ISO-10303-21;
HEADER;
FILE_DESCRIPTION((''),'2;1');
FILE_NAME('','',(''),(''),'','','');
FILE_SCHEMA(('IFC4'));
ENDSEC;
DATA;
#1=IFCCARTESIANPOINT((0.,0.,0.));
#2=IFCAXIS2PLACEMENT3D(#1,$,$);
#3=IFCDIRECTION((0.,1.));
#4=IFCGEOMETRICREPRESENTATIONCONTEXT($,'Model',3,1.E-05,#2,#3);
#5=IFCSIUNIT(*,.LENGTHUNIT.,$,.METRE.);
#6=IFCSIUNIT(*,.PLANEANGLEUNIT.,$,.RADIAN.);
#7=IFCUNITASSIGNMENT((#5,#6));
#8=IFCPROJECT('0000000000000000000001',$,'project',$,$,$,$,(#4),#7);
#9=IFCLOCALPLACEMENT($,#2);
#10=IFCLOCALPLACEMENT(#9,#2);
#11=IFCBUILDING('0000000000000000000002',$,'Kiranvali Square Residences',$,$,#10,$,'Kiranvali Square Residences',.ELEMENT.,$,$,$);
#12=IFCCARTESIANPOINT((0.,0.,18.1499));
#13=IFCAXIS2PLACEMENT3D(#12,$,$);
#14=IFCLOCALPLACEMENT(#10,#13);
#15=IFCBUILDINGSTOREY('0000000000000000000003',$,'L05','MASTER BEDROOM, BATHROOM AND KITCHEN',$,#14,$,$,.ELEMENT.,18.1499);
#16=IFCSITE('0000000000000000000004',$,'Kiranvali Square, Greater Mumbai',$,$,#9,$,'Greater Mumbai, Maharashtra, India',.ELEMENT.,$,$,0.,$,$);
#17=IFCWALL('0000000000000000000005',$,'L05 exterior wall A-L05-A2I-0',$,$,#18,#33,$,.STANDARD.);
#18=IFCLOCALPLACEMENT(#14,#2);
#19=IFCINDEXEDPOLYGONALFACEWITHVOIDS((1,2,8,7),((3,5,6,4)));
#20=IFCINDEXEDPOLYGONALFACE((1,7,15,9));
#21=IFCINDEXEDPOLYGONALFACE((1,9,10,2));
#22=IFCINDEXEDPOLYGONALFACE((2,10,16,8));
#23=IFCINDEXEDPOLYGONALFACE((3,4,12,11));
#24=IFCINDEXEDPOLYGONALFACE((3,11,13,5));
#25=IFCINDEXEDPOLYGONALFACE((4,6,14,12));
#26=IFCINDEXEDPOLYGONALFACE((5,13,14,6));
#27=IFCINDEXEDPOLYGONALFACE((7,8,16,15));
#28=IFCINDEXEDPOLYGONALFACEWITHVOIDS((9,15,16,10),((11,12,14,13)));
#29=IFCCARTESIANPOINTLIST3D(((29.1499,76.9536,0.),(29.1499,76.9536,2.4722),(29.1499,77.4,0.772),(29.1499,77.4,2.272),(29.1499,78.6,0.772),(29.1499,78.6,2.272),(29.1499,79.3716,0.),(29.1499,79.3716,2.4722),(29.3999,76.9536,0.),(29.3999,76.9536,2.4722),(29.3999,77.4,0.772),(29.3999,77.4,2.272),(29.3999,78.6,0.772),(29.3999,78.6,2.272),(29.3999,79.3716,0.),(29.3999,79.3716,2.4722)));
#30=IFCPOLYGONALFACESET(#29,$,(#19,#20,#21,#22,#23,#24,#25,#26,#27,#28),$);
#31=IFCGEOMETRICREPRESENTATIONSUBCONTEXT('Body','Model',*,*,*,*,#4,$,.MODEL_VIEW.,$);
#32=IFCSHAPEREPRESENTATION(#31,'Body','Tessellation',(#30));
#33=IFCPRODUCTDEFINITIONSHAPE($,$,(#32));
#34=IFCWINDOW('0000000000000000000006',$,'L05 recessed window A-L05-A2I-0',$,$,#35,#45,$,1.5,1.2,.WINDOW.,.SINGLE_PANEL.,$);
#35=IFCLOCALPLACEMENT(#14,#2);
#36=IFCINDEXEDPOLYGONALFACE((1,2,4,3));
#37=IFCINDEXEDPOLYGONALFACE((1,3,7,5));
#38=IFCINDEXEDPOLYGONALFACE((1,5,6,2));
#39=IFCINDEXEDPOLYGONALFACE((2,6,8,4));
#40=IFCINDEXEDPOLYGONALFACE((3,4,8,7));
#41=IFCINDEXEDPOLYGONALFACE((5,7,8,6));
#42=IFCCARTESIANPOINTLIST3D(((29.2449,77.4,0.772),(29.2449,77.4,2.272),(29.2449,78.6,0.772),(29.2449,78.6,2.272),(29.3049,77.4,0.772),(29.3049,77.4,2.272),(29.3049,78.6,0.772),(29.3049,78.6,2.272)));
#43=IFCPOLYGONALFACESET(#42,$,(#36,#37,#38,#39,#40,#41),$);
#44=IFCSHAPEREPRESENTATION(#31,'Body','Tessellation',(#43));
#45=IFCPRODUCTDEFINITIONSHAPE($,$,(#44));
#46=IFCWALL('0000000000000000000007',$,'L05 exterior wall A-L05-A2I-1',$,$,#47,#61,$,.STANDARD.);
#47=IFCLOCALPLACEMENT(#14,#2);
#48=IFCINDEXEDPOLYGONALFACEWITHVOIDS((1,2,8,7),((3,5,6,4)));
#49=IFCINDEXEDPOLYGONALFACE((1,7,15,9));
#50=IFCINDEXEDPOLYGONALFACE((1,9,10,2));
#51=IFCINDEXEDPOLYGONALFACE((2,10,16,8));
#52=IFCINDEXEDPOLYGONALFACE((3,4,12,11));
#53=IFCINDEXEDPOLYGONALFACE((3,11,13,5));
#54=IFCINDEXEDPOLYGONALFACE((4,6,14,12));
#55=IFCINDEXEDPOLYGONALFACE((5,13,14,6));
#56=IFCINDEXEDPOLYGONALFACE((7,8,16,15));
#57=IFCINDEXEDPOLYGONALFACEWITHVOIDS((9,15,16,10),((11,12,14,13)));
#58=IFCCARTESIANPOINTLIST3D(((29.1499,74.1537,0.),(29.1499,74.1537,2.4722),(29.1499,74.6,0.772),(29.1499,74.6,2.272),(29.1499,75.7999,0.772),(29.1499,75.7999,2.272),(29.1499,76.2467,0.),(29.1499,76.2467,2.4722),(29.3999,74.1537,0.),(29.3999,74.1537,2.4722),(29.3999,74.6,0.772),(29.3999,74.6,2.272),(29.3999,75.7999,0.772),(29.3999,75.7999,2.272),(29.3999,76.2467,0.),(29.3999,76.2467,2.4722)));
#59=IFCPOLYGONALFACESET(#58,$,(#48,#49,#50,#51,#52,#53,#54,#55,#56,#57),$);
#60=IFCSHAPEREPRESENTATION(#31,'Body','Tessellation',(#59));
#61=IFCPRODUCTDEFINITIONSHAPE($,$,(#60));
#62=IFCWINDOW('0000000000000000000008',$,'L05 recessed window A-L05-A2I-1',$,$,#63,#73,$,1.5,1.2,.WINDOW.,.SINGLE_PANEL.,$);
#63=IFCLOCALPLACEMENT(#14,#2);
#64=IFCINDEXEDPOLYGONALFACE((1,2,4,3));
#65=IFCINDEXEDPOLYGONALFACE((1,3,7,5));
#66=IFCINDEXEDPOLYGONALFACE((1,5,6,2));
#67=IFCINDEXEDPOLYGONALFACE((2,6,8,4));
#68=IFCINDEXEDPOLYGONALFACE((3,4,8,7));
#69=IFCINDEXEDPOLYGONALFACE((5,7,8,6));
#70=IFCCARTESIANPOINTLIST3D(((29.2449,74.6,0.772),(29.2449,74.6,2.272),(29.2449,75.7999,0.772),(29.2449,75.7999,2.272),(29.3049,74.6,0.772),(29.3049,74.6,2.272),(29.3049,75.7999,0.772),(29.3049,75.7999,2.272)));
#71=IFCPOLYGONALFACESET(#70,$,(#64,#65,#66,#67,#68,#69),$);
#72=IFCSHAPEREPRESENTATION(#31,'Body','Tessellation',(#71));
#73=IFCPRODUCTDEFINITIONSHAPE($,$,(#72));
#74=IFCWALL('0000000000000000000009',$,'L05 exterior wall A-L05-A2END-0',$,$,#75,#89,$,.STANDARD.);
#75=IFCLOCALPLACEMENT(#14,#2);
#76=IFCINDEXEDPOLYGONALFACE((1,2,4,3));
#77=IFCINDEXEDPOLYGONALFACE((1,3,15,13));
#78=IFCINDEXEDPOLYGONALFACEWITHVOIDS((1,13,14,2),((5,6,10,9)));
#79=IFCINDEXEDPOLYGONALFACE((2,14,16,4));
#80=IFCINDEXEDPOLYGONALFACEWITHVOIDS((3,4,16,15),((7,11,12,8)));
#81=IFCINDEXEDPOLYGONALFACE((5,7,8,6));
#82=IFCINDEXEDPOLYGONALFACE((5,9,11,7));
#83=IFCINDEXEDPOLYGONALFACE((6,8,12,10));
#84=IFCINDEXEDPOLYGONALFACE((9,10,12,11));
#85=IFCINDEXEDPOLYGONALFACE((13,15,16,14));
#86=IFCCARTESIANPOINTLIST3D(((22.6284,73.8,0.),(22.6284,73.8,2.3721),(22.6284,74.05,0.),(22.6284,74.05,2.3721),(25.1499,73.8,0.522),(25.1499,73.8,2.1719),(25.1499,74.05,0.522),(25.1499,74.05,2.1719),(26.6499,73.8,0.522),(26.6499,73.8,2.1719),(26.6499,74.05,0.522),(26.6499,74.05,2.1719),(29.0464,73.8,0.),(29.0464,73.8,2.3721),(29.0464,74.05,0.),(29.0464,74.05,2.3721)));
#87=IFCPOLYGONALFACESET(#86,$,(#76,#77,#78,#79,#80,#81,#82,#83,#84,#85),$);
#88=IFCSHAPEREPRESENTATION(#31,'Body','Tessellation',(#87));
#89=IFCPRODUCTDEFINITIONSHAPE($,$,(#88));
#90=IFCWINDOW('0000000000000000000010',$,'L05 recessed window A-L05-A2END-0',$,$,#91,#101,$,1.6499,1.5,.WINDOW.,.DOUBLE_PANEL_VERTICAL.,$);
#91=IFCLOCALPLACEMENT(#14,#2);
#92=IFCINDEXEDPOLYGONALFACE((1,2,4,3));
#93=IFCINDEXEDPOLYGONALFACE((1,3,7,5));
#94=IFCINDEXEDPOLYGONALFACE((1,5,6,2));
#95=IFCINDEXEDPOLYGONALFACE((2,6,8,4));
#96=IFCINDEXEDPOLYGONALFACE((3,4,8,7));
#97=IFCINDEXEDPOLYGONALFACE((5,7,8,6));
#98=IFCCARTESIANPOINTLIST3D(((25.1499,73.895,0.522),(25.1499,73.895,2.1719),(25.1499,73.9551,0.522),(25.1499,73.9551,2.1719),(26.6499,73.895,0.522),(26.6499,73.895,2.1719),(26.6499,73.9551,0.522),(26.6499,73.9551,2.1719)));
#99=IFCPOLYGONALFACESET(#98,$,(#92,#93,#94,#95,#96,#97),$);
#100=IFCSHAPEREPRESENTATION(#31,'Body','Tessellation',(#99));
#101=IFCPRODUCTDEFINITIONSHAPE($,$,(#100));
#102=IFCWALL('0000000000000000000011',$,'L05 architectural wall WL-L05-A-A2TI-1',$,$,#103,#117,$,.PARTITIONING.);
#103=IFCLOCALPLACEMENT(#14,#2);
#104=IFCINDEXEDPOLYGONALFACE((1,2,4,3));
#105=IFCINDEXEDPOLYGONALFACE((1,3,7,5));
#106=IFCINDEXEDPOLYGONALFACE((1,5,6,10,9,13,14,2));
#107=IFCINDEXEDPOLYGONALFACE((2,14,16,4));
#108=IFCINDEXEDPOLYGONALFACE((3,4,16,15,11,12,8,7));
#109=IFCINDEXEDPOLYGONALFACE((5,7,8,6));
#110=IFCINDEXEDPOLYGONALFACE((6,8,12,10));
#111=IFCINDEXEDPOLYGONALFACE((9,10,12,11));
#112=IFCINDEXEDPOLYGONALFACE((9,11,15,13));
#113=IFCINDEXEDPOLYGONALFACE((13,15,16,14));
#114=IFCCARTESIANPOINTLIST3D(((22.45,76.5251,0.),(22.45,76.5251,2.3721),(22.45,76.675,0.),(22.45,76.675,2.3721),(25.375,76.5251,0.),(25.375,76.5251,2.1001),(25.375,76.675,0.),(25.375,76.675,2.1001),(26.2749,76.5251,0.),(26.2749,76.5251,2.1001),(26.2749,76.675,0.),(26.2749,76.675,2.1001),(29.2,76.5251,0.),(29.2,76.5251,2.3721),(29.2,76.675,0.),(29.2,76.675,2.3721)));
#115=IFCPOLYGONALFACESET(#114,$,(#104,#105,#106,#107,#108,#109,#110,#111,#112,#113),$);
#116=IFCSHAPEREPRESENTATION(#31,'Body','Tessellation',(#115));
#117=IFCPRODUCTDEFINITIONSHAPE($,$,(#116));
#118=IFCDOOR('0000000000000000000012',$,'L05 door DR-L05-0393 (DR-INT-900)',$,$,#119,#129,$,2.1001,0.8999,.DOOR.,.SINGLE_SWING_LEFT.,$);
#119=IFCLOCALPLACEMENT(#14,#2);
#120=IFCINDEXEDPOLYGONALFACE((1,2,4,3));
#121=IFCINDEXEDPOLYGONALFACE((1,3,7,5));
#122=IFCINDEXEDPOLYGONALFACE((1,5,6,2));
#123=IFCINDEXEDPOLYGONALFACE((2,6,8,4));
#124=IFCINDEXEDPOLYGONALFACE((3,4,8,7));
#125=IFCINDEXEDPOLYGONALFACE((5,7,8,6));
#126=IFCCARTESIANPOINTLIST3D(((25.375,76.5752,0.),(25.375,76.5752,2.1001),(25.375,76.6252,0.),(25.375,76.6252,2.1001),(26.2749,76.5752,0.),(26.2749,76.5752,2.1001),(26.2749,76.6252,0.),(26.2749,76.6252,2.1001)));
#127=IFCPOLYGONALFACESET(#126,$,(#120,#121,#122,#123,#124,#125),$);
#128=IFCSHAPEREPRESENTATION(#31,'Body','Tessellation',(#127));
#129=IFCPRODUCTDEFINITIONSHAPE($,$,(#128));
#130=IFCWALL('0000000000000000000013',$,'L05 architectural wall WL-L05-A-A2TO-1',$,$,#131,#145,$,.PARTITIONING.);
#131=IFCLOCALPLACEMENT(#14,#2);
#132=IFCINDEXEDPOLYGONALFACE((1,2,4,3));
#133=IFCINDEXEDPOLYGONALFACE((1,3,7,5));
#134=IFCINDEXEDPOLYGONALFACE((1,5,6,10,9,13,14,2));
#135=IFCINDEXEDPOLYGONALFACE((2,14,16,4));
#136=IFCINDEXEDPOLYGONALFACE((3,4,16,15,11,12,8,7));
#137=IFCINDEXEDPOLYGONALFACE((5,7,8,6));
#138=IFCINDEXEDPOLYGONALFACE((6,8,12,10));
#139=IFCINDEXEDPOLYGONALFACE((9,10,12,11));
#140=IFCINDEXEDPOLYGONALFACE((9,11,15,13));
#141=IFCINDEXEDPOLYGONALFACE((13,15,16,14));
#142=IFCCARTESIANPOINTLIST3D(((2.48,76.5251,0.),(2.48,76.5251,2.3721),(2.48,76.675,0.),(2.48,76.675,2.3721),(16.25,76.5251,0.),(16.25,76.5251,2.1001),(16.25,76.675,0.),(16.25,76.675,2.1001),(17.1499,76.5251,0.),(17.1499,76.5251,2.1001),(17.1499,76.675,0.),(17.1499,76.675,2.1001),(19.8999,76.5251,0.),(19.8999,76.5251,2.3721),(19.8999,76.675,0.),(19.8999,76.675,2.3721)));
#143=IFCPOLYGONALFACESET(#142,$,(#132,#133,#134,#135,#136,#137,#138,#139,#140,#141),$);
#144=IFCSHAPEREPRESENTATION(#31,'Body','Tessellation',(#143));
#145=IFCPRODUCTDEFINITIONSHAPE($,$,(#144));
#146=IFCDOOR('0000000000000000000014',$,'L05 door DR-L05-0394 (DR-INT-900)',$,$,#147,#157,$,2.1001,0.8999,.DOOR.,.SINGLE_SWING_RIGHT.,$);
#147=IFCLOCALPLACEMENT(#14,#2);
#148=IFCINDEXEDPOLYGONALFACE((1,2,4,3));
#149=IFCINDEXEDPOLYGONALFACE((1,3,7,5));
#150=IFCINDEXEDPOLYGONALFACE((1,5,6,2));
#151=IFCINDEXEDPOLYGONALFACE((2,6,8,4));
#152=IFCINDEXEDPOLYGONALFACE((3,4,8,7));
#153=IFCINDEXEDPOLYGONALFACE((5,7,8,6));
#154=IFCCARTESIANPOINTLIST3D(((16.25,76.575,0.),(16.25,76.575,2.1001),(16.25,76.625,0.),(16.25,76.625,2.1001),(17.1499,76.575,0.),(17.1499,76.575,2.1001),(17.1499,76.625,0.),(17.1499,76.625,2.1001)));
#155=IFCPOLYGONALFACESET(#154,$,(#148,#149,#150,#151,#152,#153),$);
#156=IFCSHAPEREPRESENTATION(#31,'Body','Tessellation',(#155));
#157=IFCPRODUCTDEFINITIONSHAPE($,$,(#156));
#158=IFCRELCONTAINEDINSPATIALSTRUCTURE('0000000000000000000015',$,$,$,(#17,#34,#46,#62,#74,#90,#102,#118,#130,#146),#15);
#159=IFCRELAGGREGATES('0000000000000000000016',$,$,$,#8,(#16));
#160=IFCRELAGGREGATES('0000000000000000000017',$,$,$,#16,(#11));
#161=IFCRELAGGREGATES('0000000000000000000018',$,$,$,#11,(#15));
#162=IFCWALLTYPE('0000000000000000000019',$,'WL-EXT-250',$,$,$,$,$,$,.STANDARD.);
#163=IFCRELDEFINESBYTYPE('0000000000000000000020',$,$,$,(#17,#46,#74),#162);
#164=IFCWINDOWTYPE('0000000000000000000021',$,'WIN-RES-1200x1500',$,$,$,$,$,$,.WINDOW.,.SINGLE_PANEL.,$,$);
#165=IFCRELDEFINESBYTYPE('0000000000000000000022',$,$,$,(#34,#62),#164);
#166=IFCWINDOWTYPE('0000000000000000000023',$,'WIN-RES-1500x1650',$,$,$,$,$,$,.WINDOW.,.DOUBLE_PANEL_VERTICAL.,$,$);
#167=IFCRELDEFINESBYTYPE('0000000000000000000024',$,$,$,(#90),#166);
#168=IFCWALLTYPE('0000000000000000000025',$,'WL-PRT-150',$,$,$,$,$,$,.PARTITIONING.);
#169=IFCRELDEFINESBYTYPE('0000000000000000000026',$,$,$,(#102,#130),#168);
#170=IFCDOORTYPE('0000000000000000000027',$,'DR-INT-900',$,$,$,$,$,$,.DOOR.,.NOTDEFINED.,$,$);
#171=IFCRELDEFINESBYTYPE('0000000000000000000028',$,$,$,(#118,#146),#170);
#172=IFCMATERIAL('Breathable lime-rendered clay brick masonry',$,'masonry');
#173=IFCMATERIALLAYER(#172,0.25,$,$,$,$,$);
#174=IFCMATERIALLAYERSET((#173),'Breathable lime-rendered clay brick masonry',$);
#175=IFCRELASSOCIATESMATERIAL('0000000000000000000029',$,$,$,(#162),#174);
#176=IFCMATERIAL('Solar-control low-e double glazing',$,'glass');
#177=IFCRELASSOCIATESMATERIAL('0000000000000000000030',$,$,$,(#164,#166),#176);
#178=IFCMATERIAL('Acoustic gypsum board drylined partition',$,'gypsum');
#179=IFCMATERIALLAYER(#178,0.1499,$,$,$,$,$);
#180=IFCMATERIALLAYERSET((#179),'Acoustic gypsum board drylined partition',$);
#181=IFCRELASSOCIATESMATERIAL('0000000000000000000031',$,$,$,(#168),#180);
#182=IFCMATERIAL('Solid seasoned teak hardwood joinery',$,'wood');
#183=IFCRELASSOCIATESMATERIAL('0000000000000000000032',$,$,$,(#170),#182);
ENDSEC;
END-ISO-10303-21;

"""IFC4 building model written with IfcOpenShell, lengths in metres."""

from ifc_helpers import new_model, si_unit, direction, frame, frame_2d, origin, place, context, subcontext, project, spatial, rectangle, extrude, material, layer, layer_set, type_object, element, fill, save


model = new_model("IFC4")

# Units and contexts
model_context = context("Model", 3, precision=1e-05, world=origin(), true_north=direction((0.0, 1.0)))
body_context = subcontext(model_context, "Body", "Model", "MODEL_VIEW")
ifc_project = project(units=[si_unit("LENGTHUNIT", "METRE"), si_unit("PLANEANGLEUNIT", "RADIAN")], contexts=[model_context])

# Site, building, storey
site_placement = place(None, origin())
site = spatial("IfcSite", under=ifc_project, at=site_placement, Name="Kiranvali Square, Greater Mumbai", LongName="Greater Mumbai, Maharashtra, India", CompositionType="ELEMENT", RefElevation=0.0)
building_placement = place(site_placement, origin())
building = spatial("IfcBuilding", under=site, at=building_placement, Name="Kiranvali Square Residences", LongName="Kiranvali Square Residences", CompositionType="ELEMENT")
storey_placement = place(building_placement, frame((0.0, 0.0, 18.1499)))
storey = spatial("IfcBuildingStorey", under=building, at=storey_placement, Name="L05", Description="MASTER BEDROOM, BATHROOM AND KITCHEN", CompositionType="ELEMENT", Elevation=18.1499)

# Walls, openings, windows
ifc_material_1 = material(Name="Breathable lime-rendered clay brick masonry", Category="masonry")
ifc_layer_1 = layer(ifc_material_1, 0.25)
ifc_layer_set_1 = layer_set([ifc_layer_1], Name="Breathable lime-rendered clay brick masonry")
wall_type_1 = type_object("IfcWallType", Name="WL-EXT-250", PredefinedType="STANDARD", material=ifc_layer_set_1)
wall_1_placement = place(storey_placement, frame((29.2749, 79.3716, 0.0), z_axis=(0.0, 0.0, 1.0), x_axis=(0.0, -1.0, 0.0)))
wall_1 = element("IfcWall", 1, at=wall_1_placement, inside=storey, type_object=wall_type_1, Name="L05 exterior wall A-L05-A2I-0", PredefinedType="STANDARD", context=body_context, shape_type="SweptSolid", body=[
    extrude(rectangle(XDim=2.418, YDim=0.25, at=frame_2d((1.209, 0.0))), origin(), (0.0, 0.0, 1.0), 2.4722),
])
opening_1_placement = place(wall_1_placement, frame((0.7715, 0.0, 0.772)))
opening_1 = element("IfcOpeningElement", 2, at=opening_1_placement, cuts=wall_1, PredefinedType="OPENING", context=body_context, shape_type="SweptSolid", body=[
    extrude(rectangle(XDim=1.2, YDim=1.5, at=frame_2d((0.6001, 0.75))), frame((0.0, 0.135, 0.0), z_axis=(0.0, -1.0, 0.0), x_axis=(1.0, 0.0, 0.0)), (0.0, 0.0, 1.0), 0.27),
])
ifc_material_2 = material(Name="Solar-control low-e double glazing", Category="glass")
window_type_1 = type_object("IfcWindowType", Name="WIN-RES-1200x1500", PartitioningType="SINGLE_PANEL", PredefinedType="WINDOW", material=ifc_material_2)
window_1_placement = place(opening_1_placement, origin())
window_1 = element("IfcWindow", 3, at=window_1_placement, inside=storey, type_object=window_type_1, Name="L05 recessed window A-L05-A2I-0", OverallHeight=1.5, OverallWidth=1.2, PartitioningType="SINGLE_PANEL", PredefinedType="WINDOW", context=body_context, shape_type="SweptSolid", body=[
    extrude(rectangle(XDim=1.2, YDim=1.5, at=frame_2d((0.6001, 0.75))), frame((0.0, 0.03, 0.0), z_axis=(0.0, -1.0, 0.0), x_axis=(1.0, 0.0, 0.0)), (0.0, 0.0, 1.0), 0.0601),
])
fill(opening_1, window_1)
wall_2_placement = place(storey_placement, frame((29.2749, 76.2466, 0.0), z_axis=(0.0, 0.0, 1.0), x_axis=(0.0, -1.0, 0.0)))
wall_2 = element("IfcWall", 4, at=wall_2_placement, inside=storey, type_object=wall_type_1, Name="L05 exterior wall A-L05-A2I-1", PredefinedType="STANDARD", context=body_context, shape_type="SweptSolid", body=[
    extrude(rectangle(XDim=2.093, YDim=0.25, at=frame_2d((1.0464, 0.0))), origin(), (0.0, 0.0, 1.0), 2.4722),
])
opening_2_placement = place(wall_2_placement, frame((0.4465, 0.0, 0.772)))
opening_2 = element("IfcOpeningElement", 5, at=opening_2_placement, cuts=wall_2, PredefinedType="OPENING", context=body_context, shape_type="SweptSolid", body=[
    extrude(rectangle(XDim=1.2, YDim=1.5, at=frame_2d((0.6001, 0.75))), frame((0.0, 0.135, 0.0), z_axis=(0.0, -1.0, 0.0), x_axis=(1.0, 0.0, 0.0)), (0.0, 0.0, 1.0), 0.27),
])
window_2_placement = place(opening_2_placement, origin())
window_2 = element("IfcWindow", 6, at=window_2_placement, inside=storey, type_object=window_type_1, Name="L05 recessed window A-L05-A2I-1", OverallHeight=1.5, OverallWidth=1.2, PartitioningType="SINGLE_PANEL", PredefinedType="WINDOW", context=body_context, shape_type="SweptSolid", body=[
    extrude(rectangle(XDim=1.2, YDim=1.5, at=frame_2d((0.6001, 0.75))), frame((0.0, 0.03, 0.0), z_axis=(0.0, -1.0, 0.0), x_axis=(1.0, 0.0, 0.0)), (0.0, 0.0, 1.0), 0.0601),
])
fill(opening_2, window_2)
wall_3_placement = place(storey_placement, frame((29.0464, 73.925, 0.0), z_axis=(0.0, 0.0, 1.0), x_axis=(-1.0, 0.0, 0.0)))
wall_3 = element("IfcWall", 7, at=wall_3_placement, inside=storey, type_object=wall_type_1, Name="L05 exterior wall A-L05-A2END-0", PredefinedType="STANDARD", context=body_context, shape_type="SweptSolid", body=[
    extrude(rectangle(XDim=6.418, YDim=0.25, at=frame_2d((3.209, 0.0))), origin(), (0.0, 0.0, 1.0), 2.3721),
])
opening_3_placement = place(wall_3_placement, frame((2.3965, 0.0, 0.522)))
opening_3 = element("IfcOpeningElement", 8, at=opening_3_placement, cuts=wall_3, PredefinedType="OPENING", context=body_context, shape_type="SweptSolid", body=[
    extrude(rectangle(XDim=1.5, YDim=1.6499, at=frame_2d((0.75, 0.825))), frame((0.0, 0.135, 0.0), z_axis=(0.0, -1.0, 0.0), x_axis=(1.0, 0.0, 0.0)), (0.0, 0.0, 1.0), 0.27),
])
window_type_2 = type_object("IfcWindowType", Name="WIN-RES-1500x1650", PartitioningType="DOUBLE_PANEL_VERTICAL", PredefinedType="WINDOW", material=ifc_material_2)
window_3_placement = place(opening_3_placement, origin())
window_3 = element("IfcWindow", 9, at=window_3_placement, inside=storey, type_object=window_type_2, Name="L05 recessed window A-L05-A2END-0", OverallHeight=1.6499, OverallWidth=1.5, PartitioningType="DOUBLE_PANEL_VERTICAL", PredefinedType="WINDOW", context=body_context, shape_type="SweptSolid", body=[
    extrude(rectangle(XDim=1.5, YDim=1.6499, at=frame_2d((0.75, 0.825))), frame((0.0, 0.03, 0.0), z_axis=(0.0, -1.0, 0.0), x_axis=(1.0, 0.0, 0.0)), (0.0, 0.0, 1.0), 0.0601),
])
fill(opening_3, window_3)

# Walls, openings, doors
ifc_material_3 = material(Name="Acoustic gypsum board drylined partition", Category="gypsum")
ifc_layer_2 = layer(ifc_material_3, 0.1499)
ifc_layer_set_2 = layer_set([ifc_layer_2], Name="Acoustic gypsum board drylined partition")
wall_type_2 = type_object("IfcWallType", Name="WL-PRT-150", PredefinedType="PARTITIONING", material=ifc_layer_set_2)
wall_4_placement = place(storey_placement, frame((29.2, 76.6001, 0.0), z_axis=(0.0, 0.0, 1.0), x_axis=(-1.0, 0.0, 0.0)))
wall_4 = element("IfcWall", 10, at=wall_4_placement, inside=storey, type_object=wall_type_2, Name="L05 architectural wall WL-L05-A-A2TI-1", PredefinedType="PARTITIONING", context=body_context, shape_type="SweptSolid", body=[
    extrude(rectangle(XDim=6.75, YDim=0.1499, at=frame_2d((3.375, 0.0))), origin(), (0.0, 0.0, 1.0), 2.3721),
])
opening_4_placement = place(wall_4_placement, frame((2.925, 0.0, 0.0)))
opening_4 = element("IfcOpeningElement", 11, at=opening_4_placement, cuts=wall_4, PredefinedType="OPENING", context=body_context, shape_type="SweptSolid", body=[
    extrude(rectangle(XDim=0.8999, YDim=2.1001, at=frame_2d((0.45, 1.05))), frame((0.0, 0.085, 0.0), z_axis=(0.0, -1.0, 0.0), x_axis=(1.0, 0.0, 0.0)), (0.0, 0.0, 1.0), 0.1699),
])
ifc_material_4 = material(Name="Solid seasoned teak hardwood joinery", Category="wood")
door_type = type_object("IfcDoorType", Name="DR-INT-900", OperationType="NOTDEFINED", PredefinedType="DOOR", material=ifc_material_4)
door_1_placement = place(opening_4_placement, origin())
door_1 = element("IfcDoor", 12, at=door_1_placement, inside=storey, type_object=door_type, Name="L05 door DR-L05-0393 (DR-INT-900)", OperationType="SINGLE_SWING_LEFT", OverallHeight=2.1001, OverallWidth=0.8999, PredefinedType="DOOR", context=body_context, shape_type="SweptSolid", body=[
    extrude(rectangle(XDim=0.8999, YDim=2.1001, at=frame_2d((0.45, 1.05))), frame((0.0, 0.0249, 0.0), z_axis=(0.0, -1.0, 0.0), x_axis=(1.0, 0.0, 0.0)), (0.0, 0.0, 1.0), 0.05),
])
fill(opening_4, door_1)
wall_5_placement = place(storey_placement, frame((19.8999, 76.6001, 0.0), z_axis=(0.0, 0.0, 1.0), x_axis=(-1.0, 0.0, 0.0)))
wall_5 = element("IfcWall", 13, at=wall_5_placement, inside=storey, type_object=wall_type_2, Name="L05 architectural wall WL-L05-A-A2TO-1", PredefinedType="PARTITIONING", context=body_context, shape_type="SweptSolid", body=[
    extrude(rectangle(XDim=17.4199, YDim=0.1499, at=frame_2d((8.71, 0.0))), origin(), (0.0, 0.0, 1.0), 2.3721),
])
opening_5_placement = place(wall_5_placement, frame((2.75, 0.0, 0.0)))
opening_5 = element("IfcOpeningElement", 14, at=opening_5_placement, cuts=wall_5, PredefinedType="OPENING", context=body_context, shape_type="SweptSolid", body=[
    extrude(rectangle(XDim=0.8999, YDim=2.1001, at=frame_2d((0.45, 1.05))), frame((0.0, 0.085, 0.0), z_axis=(0.0, -1.0, 0.0), x_axis=(1.0, 0.0, 0.0)), (0.0, 0.0, 1.0), 0.1699),
])
door_2_placement = place(opening_5_placement, frame((0.8999, 0.0, 0.0), z_axis=(0.0, 0.0, 1.0), x_axis=(-1.0, 0.0, 0.0)))
door_2 = element("IfcDoor", 15, at=door_2_placement, inside=storey, type_object=door_type, Name="L05 door DR-L05-0394 (DR-INT-900)", OperationType="SINGLE_SWING_RIGHT", OverallHeight=2.1001, OverallWidth=0.8999, PredefinedType="DOOR", context=body_context, shape_type="SweptSolid", body=[
    extrude(rectangle(XDim=0.8999, YDim=2.1001, at=frame_2d((0.45, 1.05))), frame((0.0, 0.0249, 0.0), z_axis=(0.0, -1.0, 0.0), x_axis=(1.0, 0.0, 0.0)), (0.0, 0.0, 1.0), 0.05),
])
fill(opening_5, door_2)

save(model, "model.ifc")
